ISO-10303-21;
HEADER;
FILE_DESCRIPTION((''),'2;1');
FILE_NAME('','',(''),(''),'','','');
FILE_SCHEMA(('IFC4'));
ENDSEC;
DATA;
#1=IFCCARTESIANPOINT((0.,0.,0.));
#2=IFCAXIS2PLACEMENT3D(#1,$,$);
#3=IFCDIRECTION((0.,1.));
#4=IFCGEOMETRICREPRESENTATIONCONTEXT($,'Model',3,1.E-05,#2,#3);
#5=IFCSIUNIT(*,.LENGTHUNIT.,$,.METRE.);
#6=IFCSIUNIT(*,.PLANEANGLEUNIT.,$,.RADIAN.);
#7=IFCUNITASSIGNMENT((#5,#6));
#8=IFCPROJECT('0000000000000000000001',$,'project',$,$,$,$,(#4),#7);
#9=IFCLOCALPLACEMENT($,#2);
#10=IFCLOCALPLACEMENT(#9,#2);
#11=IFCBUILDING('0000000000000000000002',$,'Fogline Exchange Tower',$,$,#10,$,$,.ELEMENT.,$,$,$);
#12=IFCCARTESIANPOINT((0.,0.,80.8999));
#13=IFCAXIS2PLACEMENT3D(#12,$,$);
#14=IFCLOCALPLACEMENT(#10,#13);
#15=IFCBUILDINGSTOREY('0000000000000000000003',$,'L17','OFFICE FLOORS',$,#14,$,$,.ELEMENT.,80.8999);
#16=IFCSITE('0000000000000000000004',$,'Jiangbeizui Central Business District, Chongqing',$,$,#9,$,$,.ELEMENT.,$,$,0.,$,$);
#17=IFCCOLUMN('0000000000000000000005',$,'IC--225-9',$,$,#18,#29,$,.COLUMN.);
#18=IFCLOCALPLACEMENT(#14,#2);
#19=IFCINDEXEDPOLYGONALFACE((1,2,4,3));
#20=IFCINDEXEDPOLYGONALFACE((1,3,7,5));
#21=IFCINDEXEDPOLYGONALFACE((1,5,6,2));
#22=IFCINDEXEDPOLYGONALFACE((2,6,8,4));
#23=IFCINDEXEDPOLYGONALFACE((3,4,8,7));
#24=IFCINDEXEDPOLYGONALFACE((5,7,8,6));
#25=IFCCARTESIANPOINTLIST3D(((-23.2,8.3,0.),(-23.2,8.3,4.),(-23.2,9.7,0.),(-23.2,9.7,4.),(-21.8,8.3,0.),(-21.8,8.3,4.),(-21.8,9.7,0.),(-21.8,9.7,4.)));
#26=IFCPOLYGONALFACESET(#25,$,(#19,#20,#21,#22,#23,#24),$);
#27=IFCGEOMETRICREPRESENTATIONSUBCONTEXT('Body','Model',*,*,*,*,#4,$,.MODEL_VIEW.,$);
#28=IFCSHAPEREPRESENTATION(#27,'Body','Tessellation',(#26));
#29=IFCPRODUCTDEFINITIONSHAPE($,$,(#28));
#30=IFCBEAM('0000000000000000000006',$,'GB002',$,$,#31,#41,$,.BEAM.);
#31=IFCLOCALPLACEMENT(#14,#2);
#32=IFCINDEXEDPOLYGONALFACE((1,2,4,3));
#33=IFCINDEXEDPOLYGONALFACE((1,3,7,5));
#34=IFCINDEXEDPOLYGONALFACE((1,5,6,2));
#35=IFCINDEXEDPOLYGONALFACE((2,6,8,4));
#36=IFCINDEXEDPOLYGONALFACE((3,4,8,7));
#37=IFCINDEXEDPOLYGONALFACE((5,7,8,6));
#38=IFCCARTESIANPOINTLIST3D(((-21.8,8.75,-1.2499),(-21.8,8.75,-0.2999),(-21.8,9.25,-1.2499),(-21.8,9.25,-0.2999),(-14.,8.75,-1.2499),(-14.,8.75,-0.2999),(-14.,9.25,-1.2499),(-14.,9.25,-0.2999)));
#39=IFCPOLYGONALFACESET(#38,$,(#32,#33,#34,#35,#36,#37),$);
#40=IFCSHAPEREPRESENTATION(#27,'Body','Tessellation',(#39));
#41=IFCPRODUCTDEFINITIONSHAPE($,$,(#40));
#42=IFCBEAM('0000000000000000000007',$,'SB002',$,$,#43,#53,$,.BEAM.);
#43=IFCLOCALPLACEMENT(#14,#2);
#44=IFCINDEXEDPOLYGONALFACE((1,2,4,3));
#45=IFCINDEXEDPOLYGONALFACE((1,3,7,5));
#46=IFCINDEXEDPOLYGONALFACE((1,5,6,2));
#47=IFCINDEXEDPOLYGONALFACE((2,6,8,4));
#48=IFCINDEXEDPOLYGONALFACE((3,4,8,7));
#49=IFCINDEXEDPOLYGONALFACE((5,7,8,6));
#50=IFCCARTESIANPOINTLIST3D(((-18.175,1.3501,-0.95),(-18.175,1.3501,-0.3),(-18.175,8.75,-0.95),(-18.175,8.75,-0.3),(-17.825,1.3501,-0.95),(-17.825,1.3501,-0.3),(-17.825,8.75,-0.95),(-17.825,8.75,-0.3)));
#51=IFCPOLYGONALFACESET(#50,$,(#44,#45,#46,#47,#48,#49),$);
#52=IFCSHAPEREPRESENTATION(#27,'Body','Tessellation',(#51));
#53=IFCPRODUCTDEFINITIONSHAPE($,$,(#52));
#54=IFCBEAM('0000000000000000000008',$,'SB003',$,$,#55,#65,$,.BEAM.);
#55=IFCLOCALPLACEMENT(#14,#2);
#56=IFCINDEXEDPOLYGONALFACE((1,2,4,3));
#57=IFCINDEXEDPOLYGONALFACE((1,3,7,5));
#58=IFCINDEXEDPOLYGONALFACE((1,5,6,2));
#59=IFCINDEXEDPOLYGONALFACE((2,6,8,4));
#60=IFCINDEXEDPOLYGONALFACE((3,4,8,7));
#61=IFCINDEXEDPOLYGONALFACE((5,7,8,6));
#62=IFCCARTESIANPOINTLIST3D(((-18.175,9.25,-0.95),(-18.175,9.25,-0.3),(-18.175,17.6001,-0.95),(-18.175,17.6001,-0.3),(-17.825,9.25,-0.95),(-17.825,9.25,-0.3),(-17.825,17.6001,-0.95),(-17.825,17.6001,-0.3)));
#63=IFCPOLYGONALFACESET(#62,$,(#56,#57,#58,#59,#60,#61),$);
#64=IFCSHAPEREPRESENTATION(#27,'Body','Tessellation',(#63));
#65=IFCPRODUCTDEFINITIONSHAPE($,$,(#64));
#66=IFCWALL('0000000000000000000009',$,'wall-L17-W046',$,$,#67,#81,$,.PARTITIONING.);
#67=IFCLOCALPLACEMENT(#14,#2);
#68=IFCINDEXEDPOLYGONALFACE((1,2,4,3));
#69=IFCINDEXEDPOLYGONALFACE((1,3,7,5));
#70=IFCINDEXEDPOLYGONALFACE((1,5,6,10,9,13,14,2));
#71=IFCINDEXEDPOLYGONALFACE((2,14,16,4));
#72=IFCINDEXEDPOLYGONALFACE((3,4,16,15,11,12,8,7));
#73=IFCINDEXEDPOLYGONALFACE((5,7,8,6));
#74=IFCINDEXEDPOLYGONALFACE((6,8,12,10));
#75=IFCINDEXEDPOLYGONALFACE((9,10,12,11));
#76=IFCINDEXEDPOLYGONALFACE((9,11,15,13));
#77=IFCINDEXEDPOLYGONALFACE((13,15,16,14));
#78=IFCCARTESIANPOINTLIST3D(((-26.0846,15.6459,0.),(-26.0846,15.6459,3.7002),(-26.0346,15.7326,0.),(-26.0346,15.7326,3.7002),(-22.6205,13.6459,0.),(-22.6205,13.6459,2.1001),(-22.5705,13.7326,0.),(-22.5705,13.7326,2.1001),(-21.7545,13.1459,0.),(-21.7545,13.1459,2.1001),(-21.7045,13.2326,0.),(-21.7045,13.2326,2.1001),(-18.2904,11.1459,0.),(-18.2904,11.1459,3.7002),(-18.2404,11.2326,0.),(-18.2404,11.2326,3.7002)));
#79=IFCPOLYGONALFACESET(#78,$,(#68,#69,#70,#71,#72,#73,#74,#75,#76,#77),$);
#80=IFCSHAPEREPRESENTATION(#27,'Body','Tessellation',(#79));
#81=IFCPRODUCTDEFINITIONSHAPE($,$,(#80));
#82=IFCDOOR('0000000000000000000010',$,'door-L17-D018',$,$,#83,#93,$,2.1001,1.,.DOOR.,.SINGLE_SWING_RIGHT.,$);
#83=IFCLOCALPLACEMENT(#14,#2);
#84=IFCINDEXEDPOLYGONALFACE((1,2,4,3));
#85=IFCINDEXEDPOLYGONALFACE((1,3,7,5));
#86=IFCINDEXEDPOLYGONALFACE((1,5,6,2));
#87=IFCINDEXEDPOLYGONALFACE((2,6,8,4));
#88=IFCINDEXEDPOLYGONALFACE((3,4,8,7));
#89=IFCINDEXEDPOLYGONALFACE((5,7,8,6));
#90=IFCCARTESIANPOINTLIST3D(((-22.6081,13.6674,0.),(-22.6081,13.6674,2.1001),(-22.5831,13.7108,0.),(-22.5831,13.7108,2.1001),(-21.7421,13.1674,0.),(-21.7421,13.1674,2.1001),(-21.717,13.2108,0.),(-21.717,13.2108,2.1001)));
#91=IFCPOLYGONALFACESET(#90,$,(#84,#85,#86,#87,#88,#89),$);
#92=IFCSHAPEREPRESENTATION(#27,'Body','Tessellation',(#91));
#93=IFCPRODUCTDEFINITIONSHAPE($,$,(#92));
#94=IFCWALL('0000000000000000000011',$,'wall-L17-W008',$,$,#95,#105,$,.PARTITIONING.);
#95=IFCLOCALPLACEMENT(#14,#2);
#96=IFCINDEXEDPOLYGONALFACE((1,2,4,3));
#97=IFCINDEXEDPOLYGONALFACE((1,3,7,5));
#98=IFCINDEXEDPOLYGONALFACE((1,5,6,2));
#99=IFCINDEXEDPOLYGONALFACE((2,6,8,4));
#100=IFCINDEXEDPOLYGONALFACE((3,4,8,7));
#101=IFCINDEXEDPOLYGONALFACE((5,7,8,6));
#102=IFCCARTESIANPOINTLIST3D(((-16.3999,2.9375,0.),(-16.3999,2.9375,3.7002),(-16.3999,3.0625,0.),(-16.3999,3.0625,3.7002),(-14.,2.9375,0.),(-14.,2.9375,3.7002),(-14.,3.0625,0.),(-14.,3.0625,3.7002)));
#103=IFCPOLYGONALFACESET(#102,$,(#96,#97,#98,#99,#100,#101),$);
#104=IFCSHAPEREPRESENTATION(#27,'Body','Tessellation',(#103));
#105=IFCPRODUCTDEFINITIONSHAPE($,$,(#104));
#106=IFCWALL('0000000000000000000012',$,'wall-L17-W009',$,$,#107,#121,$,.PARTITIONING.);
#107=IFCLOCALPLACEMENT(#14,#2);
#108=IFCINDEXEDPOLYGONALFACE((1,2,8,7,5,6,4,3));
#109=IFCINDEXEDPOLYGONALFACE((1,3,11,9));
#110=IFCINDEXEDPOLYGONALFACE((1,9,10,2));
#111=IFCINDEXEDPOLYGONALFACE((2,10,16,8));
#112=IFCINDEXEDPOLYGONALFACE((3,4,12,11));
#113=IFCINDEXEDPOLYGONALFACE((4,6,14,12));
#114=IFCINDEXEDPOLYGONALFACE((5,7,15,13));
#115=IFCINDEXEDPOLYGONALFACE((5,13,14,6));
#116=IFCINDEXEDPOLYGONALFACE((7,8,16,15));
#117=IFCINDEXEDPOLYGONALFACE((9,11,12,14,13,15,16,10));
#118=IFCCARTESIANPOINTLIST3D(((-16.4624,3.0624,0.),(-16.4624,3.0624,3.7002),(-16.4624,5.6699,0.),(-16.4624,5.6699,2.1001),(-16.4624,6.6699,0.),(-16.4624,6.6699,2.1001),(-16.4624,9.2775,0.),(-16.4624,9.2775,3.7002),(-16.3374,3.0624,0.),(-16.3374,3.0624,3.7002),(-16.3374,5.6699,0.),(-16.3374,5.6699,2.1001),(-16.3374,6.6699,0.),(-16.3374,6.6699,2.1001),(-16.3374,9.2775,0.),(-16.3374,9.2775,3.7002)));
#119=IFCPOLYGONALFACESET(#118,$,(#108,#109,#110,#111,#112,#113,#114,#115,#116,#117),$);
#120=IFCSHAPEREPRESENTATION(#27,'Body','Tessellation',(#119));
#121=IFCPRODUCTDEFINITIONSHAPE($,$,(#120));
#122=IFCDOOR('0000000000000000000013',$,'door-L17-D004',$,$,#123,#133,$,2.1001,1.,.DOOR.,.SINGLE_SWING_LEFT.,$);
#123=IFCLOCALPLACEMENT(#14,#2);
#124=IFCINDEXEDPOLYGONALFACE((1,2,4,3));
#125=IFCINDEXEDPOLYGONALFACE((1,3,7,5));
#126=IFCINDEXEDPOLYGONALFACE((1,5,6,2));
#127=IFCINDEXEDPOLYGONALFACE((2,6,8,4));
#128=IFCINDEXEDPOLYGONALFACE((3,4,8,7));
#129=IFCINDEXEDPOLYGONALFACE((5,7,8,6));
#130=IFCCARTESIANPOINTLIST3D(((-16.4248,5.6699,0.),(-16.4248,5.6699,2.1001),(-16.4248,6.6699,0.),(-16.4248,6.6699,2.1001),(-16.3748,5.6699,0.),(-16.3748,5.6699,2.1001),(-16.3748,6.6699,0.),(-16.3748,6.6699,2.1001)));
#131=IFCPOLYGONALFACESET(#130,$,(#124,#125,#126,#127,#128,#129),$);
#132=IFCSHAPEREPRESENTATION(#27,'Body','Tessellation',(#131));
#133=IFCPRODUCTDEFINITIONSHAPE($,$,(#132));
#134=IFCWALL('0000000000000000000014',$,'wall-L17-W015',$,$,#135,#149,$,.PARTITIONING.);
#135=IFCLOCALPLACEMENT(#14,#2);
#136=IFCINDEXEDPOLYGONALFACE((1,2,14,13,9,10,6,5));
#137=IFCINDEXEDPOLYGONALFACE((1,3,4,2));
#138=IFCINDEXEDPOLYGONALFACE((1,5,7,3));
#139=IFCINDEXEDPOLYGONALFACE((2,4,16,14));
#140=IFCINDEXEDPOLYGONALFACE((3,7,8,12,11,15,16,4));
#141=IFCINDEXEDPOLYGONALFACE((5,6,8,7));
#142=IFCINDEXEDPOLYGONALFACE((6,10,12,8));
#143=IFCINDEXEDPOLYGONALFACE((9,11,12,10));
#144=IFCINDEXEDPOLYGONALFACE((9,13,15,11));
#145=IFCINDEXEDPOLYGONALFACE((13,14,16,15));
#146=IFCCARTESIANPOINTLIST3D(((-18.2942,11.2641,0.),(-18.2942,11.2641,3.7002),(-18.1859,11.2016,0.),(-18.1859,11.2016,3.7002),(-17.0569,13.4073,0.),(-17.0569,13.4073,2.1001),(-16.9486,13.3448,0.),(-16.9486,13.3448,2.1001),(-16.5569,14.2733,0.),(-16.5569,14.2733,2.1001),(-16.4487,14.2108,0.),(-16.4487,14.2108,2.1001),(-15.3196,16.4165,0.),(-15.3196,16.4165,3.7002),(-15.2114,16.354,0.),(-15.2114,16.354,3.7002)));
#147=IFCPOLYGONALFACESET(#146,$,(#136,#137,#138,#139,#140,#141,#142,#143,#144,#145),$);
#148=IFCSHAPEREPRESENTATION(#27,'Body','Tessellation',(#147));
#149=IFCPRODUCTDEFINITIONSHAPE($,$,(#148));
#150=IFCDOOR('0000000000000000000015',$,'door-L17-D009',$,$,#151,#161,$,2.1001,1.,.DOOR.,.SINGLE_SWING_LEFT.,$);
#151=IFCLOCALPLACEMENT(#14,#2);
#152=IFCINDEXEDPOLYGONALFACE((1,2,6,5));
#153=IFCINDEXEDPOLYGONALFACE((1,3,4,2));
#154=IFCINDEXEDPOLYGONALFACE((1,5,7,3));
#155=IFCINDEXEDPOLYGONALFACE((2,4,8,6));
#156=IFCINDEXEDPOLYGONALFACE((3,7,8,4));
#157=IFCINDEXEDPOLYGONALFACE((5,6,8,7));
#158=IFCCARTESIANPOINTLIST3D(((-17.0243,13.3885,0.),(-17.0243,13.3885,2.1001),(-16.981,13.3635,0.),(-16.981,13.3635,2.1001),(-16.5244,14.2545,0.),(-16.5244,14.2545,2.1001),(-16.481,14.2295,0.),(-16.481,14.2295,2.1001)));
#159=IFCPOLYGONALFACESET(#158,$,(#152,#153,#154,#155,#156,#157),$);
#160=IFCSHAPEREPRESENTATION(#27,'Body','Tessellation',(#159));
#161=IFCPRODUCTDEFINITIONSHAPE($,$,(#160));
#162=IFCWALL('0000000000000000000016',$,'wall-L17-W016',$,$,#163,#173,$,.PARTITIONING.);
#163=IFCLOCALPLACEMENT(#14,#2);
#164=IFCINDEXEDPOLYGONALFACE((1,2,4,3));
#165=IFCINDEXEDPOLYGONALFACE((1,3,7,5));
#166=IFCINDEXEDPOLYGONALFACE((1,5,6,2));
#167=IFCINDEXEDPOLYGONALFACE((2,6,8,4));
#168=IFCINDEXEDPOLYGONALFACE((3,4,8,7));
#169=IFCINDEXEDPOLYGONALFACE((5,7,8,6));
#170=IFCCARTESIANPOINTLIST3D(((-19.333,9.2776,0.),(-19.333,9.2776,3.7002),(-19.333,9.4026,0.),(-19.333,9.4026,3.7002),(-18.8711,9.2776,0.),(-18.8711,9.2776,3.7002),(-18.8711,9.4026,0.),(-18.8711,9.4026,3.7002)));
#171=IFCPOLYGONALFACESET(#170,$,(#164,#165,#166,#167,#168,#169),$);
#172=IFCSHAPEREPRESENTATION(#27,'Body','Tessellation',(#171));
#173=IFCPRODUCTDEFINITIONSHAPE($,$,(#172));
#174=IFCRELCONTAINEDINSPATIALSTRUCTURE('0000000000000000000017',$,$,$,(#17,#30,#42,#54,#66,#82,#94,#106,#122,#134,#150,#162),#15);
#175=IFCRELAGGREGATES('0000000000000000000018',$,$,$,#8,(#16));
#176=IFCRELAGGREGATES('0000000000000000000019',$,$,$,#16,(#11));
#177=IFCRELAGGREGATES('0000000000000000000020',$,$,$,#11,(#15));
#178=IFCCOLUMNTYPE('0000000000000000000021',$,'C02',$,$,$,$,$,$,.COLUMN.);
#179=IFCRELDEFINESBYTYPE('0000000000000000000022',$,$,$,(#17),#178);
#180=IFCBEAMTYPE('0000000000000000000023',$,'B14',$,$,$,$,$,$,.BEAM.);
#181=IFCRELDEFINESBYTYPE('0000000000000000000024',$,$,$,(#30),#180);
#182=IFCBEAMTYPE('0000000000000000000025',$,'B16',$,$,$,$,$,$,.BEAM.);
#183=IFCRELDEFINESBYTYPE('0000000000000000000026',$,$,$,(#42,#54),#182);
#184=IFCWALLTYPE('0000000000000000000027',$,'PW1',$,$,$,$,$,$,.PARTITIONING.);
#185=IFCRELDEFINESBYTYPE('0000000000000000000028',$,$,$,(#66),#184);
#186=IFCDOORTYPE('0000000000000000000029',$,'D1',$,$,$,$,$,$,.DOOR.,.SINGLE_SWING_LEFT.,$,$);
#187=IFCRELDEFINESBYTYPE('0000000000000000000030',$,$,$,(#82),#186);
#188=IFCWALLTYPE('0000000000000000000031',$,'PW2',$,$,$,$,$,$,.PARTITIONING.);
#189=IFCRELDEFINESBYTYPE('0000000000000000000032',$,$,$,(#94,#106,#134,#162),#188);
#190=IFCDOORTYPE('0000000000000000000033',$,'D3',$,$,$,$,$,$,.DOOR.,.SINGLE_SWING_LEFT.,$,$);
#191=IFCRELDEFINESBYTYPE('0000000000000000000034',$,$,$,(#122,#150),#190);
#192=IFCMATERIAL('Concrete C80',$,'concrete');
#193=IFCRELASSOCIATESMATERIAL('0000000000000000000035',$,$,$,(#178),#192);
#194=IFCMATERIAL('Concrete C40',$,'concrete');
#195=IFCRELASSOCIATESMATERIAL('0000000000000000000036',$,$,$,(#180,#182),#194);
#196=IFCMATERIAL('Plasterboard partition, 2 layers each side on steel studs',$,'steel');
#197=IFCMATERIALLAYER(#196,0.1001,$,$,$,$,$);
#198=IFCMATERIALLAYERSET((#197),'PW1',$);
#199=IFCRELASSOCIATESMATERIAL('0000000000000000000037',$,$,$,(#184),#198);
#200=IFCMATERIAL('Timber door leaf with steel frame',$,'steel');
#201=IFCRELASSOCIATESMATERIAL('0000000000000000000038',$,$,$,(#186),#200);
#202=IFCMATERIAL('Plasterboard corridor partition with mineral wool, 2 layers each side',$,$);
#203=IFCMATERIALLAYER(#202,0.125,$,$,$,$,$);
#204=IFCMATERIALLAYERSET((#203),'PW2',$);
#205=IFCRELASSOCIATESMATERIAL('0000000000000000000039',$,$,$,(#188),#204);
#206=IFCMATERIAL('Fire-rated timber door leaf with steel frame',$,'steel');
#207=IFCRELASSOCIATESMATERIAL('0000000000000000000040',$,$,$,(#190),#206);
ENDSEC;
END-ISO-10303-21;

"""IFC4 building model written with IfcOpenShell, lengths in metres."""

from ifc_helpers import new_model, si_unit, direction, frame, frame_2d, origin, origin_2d, place, context, subcontext, project, spatial, rectangle, extrude, material, layer, layer_set, material_profile, profile_set, type_object, element, fill, save


model = new_model("IFC4")

# Units and contexts
model_context = context("Model", 3, precision=1e-05, world=origin(), true_north=direction((0.0, 1.0)))
body_context = subcontext(model_context, "Body", "Model", "MODEL_VIEW")
ifc_project = project(units=[si_unit("LENGTHUNIT", "METRE"), si_unit("PLANEANGLEUNIT", "RADIAN")], contexts=[model_context])

# Site, building, storey
site_placement = place(None, origin())
site = spatial("IfcSite", under=ifc_project, at=site_placement, Name="Jiangbeizui Central Business District, Chongqing", CompositionType="ELEMENT", RefElevation=0.0)
building_placement = place(site_placement, origin())
building = spatial("IfcBuilding", under=site, at=building_placement, Name="Fogline Exchange Tower", CompositionType="ELEMENT")
storey_placement = place(building_placement, frame((0.0, 0.0, 80.8999)))
storey = spatial("IfcBuildingStorey", under=building, at=storey_placement, Name="L17", Description="OFFICE FLOORS", CompositionType="ELEMENT", Elevation=80.8999)

# Column
ifc_material_1 = material(Name="Concrete C80", Category="concrete")
ifc_material_profile_1 = material_profile(ifc_material_1, rectangle(XDim=1.3999, YDim=1.3999, at=origin_2d()), Name="RC 1400x1400")
ifc_profile_set_1 = profile_set([ifc_material_profile_1], Name="Concrete C80")
column_type = type_object("IfcColumnType", Name="C02", PredefinedType="COLUMN", material=ifc_profile_set_1)
column_placement = place(storey_placement, frame((-22.5, 9.0, 0.0), z_axis=(0.0, 0.0, 1.0), x_axis=(1.0, 0.0, 0.0)))
element("IfcColumn", 1, at=column_placement, inside=storey, type_object=column_type, Name="IC--225-9", PredefinedType="COLUMN", context=body_context, shape_type="SweptSolid", body=[
    extrude(rectangle(XDim=1.3999, YDim=1.3999, at=origin_2d()), origin(), (0.0, 0.0, 1.0), 4.0),
])

# Beams
ifc_material_2 = material(Name="Concrete C40", Category="concrete")
ifc_material_profile_2 = material_profile(ifc_material_2, rectangle(XDim=0.5, YDim=0.95, at=origin_2d()), Name="RC 500x950")
ifc_profile_set_2 = profile_set([ifc_material_profile_2], Name="Concrete C40")
beam_type_1 = type_object("IfcBeamType", Name="B14", PredefinedType="BEAM", material=ifc_profile_set_2)
beam_1_placement = place(storey_placement, frame((-21.8, 9.0, -0.7749), z_axis=(1.0, 0.0, 0.0), x_axis=(0.0, 1.0, 0.0)))
element("IfcBeam", 2, at=beam_1_placement, inside=storey, type_object=beam_type_1, Name="GB002", PredefinedType="BEAM", context=body_context, shape_type="SweptSolid", body=[
    extrude(rectangle(XDim=0.5, YDim=0.95, at=origin_2d()), origin(), (0.0, 0.0, 1.0), 7.8),
])
ifc_material_profile_3 = material_profile(ifc_material_2, rectangle(XDim=0.3501, YDim=0.6499, at=origin_2d()), Name="RC 350x650")
ifc_profile_set_3 = profile_set([ifc_material_profile_3], Name="Concrete C40")
beam_type_2 = type_object("IfcBeamType", Name="B16", PredefinedType="BEAM", material=ifc_profile_set_3)
beam_2_placement = place(storey_placement, frame((-18.0, 1.3501, -0.625), z_axis=(0.0, 1.0, 0.0), x_axis=(-1.0, 0.0, 0.0)))
element("IfcBeam", 3, at=beam_2_placement, inside=storey, type_object=beam_type_2, Name="SB002", PredefinedType="BEAM", context=body_context, shape_type="SweptSolid", body=[
    extrude(rectangle(XDim=0.3501, YDim=0.6499, at=origin_2d()), origin(), (0.0, 0.0, 1.0), 7.3999),
])
beam_3_placement = place(storey_placement, frame((-18.0, 9.25, -0.625), z_axis=(0.0, 1.0, 0.0), x_axis=(-1.0, 0.0, 0.0)))
element("IfcBeam", 4, at=beam_3_placement, inside=storey, type_object=beam_type_2, Name="SB003", PredefinedType="BEAM", context=body_context, shape_type="SweptSolid", body=[
    extrude(rectangle(XDim=0.3501, YDim=0.6499, at=origin_2d()), origin(), (0.0, 0.0, 1.0), 8.3501),
])

# Wall, opening, door
ifc_material_3 = material(Name="Plasterboard partition, 2 layers each side on steel studs", Category="steel")
ifc_layer_1 = layer(ifc_material_3, 0.1001)
ifc_layer_set_1 = layer_set([ifc_layer_1], Name="PW1")
wall_type_1 = type_object("IfcWallType", Name="PW1", PredefinedType="PARTITIONING", material=ifc_layer_set_1)
wall_1_placement = place(storey_placement, frame((-18.2654, 11.1892, 0.0), z_axis=(0.0, 0.0, 1.0), x_axis=(-0.866024, 0.500002, 0.0)))
wall_1 = element("IfcWall", 5, at=wall_1_placement, inside=storey, type_object=wall_type_1, Name="wall-L17-W046", PredefinedType="PARTITIONING", context=body_context, shape_type="SweptSolid", body=[
    extrude(rectangle(XDim=9.0, YDim=0.1001, at=frame_2d((4.5, 0.0))), origin(), (0.0, 0.0, 1.0), 3.7002),
])
opening_1_placement = place(wall_1_placement, frame((4.0, 0.0, 0.0)))
opening_1 = element("IfcOpeningElement", 6, at=opening_1_placement, cuts=wall_1, PredefinedType="OPENING", context=body_context, shape_type="SweptSolid", body=[
    extrude(rectangle(XDim=1.0, YDim=2.1001, at=frame_2d((0.5, 1.05))), frame((0.0, 0.0601, 0.0), z_axis=(0.0, -1.0, 0.0), x_axis=(1.0, 0.0, 0.0)), (0.0, 0.0, 1.0), 0.1201),
])
ifc_material_4 = material(Name="Timber door leaf with steel frame", Category="steel")
door_type_1 = type_object("IfcDoorType", Name="D1", OperationType="SINGLE_SWING_LEFT", PredefinedType="DOOR", material=ifc_material_4)
door_1_placement = place(opening_1_placement, frame((1.0, 0.0, 0.0), z_axis=(0.0, 0.0, 1.0), x_axis=(-1.0, 0.0, 0.0)))
door_1 = element("IfcDoor", 7, at=door_1_placement, inside=storey, type_object=door_type_1, Name="door-L17-D018", OperationType="SINGLE_SWING_RIGHT", OverallHeight=2.1001, OverallWidth=1.0, PredefinedType="DOOR", context=body_context, shape_type="SweptSolid", body=[
    extrude(rectangle(XDim=1.0, YDim=2.1001, at=frame_2d((0.5, 1.05))), frame((0.0, 0.0249, 0.0), z_axis=(0.0, -1.0, 0.0), x_axis=(1.0, 0.0, 0.0)), (0.0, 0.0, 1.0), 0.05),
])
fill(opening_1, door_1)

# Wall
ifc_material_5 = material(Name="Plasterboard corridor partition with mineral wool, 2 layers each side")
ifc_layer_2 = layer(ifc_material_5, 0.125)
ifc_layer_set_2 = layer_set([ifc_layer_2], Name="PW2")
wall_type_2 = type_object("IfcWallType", Name="PW2", PredefinedType="PARTITIONING", material=ifc_layer_set_2)
wall_2_placement = place(storey_placement, frame((-14.0, 3.0, 0.0), z_axis=(0.0, 0.0, 1.0), x_axis=(-1.0, 0.0, 0.0)))
element("IfcWall", 8, at=wall_2_placement, inside=storey, type_object=wall_type_2, Name="wall-L17-W008", PredefinedType="PARTITIONING", context=body_context, shape_type="SweptSolid", body=[
    extrude(rectangle(XDim=2.3999, YDim=0.125, at=frame_2d((1.2, 0.0))), origin(), (0.0, 0.0, 1.0), 3.7002),
])

# Walls, openings, doors
wall_3_placement = place(storey_placement, frame((-16.3999, 3.0625, 0.0), z_axis=(0.0, 0.0, 1.0), x_axis=(0.0, 1.0, 0.0)))
wall_3 = element("IfcWall", 9, at=wall_3_placement, inside=storey, type_object=wall_type_2, Name="wall-L17-W009", PredefinedType="PARTITIONING", context=body_context, shape_type="SweptSolid", body=[
    extrude(rectangle(XDim=6.2151, YDim=0.125, at=frame_2d((3.1074, 0.0))), origin(), (0.0, 0.0, 1.0), 3.7002),
])
opening_2_placement = place(wall_3_placement, frame((2.6074, 0.0, 0.0)))
opening_2 = element("IfcOpeningElement", 10, at=opening_2_placement, cuts=wall_3, PredefinedType="OPENING", context=body_context, shape_type="SweptSolid", body=[
    extrude(rectangle(XDim=1.0, YDim=2.1001, at=frame_2d((0.5, 1.05))), frame((0.0, 0.0725, 0.0), z_axis=(0.0, -1.0, 0.0), x_axis=(1.0, 0.0, 0.0)), (0.0, 0.0, 1.0), 0.145),
])
ifc_material_6 = material(Name="Fire-rated timber door leaf with steel frame", Category="steel")
door_type_2 = type_object("IfcDoorType", Name="D3", OperationType="SINGLE_SWING_LEFT", PredefinedType="DOOR", material=ifc_material_6)
door_2_placement = place(opening_2_placement, origin())
door_2 = element("IfcDoor", 11, at=door_2_placement, inside=storey, type_object=door_type_2, Name="door-L17-D004", OperationType="SINGLE_SWING_LEFT", OverallHeight=2.1001, OverallWidth=1.0, PredefinedType="DOOR", context=body_context, shape_type="SweptSolid", body=[
    extrude(rectangle(XDim=1.0, YDim=2.1001, at=frame_2d((0.5, 1.05))), frame((0.0, 0.0249, 0.0), z_axis=(0.0, -1.0, 0.0), x_axis=(1.0, 0.0, 0.0)), (0.0, 0.0, 1.0), 0.05),
])
fill(opening_2, door_2)
wall_4_placement = place(storey_placement, frame((-18.24, 11.2329, 0.0), z_axis=(0.0, 0.0, 1.0), x_axis=(0.49997, 0.866043, 0.0)))
wall_4 = element("IfcWall", 12, at=wall_4_placement, inside=storey, type_object=wall_type_2, Name="wall-L17-W015", PredefinedType="PARTITIONING", context=body_context, shape_type="SweptSolid", body=[
    extrude(rectangle(XDim=5.9495, YDim=0.125, at=frame_2d((2.9746, 0.0))), origin(), (0.0, 0.0, 1.0), 3.7002),
])
opening_3_placement = place(wall_4_placement, frame((2.4746, 0.0, 0.0)))
opening_3 = element("IfcOpeningElement", 13, at=opening_3_placement, cuts=wall_4, PredefinedType="OPENING", context=body_context, shape_type="SweptSolid", body=[
    extrude(rectangle(XDim=1.0, YDim=2.1001, at=frame_2d((0.5, 1.05))), frame((0.0, 0.0725, 0.0), z_axis=(0.0, -1.0, 0.0), x_axis=(1.0, 0.0, 0.0)), (0.0, 0.0, 1.0), 0.145),
])
door_3_placement = place(opening_3_placement, origin())
door_3 = element("IfcDoor", 14, at=door_3_placement, inside=storey, type_object=door_type_2, Name="door-L17-D009", OperationType="SINGLE_SWING_LEFT", OverallHeight=2.1001, OverallWidth=1.0, PredefinedType="DOOR", context=body_context, shape_type="SweptSolid", body=[
    extrude(rectangle(XDim=1.0, YDim=2.1001, at=frame_2d((0.5, 1.05))), frame((0.0, 0.0249, 0.0), z_axis=(0.0, -1.0, 0.0), x_axis=(1.0, 0.0, 0.0)), (0.0, 0.0, 1.0), 0.05),
])
fill(opening_3, door_3)

# Wall
wall_5_placement = place(storey_placement, frame((-18.8711, 9.3401, 0.0), z_axis=(0.0, 0.0, 1.0), x_axis=(-1.0, 0.0, 0.0)))
element("IfcWall", 15, at=wall_5_placement, inside=storey, type_object=wall_type_2, Name="wall-L17-W016", PredefinedType="PARTITIONING", context=body_context, shape_type="SweptSolid", body=[
    extrude(rectangle(XDim=0.4619, YDim=0.125, at=frame_2d((0.231, 0.0))), origin(), (0.0, 0.0, 1.0), 3.7002),
])

save(model, "model.ifc")
